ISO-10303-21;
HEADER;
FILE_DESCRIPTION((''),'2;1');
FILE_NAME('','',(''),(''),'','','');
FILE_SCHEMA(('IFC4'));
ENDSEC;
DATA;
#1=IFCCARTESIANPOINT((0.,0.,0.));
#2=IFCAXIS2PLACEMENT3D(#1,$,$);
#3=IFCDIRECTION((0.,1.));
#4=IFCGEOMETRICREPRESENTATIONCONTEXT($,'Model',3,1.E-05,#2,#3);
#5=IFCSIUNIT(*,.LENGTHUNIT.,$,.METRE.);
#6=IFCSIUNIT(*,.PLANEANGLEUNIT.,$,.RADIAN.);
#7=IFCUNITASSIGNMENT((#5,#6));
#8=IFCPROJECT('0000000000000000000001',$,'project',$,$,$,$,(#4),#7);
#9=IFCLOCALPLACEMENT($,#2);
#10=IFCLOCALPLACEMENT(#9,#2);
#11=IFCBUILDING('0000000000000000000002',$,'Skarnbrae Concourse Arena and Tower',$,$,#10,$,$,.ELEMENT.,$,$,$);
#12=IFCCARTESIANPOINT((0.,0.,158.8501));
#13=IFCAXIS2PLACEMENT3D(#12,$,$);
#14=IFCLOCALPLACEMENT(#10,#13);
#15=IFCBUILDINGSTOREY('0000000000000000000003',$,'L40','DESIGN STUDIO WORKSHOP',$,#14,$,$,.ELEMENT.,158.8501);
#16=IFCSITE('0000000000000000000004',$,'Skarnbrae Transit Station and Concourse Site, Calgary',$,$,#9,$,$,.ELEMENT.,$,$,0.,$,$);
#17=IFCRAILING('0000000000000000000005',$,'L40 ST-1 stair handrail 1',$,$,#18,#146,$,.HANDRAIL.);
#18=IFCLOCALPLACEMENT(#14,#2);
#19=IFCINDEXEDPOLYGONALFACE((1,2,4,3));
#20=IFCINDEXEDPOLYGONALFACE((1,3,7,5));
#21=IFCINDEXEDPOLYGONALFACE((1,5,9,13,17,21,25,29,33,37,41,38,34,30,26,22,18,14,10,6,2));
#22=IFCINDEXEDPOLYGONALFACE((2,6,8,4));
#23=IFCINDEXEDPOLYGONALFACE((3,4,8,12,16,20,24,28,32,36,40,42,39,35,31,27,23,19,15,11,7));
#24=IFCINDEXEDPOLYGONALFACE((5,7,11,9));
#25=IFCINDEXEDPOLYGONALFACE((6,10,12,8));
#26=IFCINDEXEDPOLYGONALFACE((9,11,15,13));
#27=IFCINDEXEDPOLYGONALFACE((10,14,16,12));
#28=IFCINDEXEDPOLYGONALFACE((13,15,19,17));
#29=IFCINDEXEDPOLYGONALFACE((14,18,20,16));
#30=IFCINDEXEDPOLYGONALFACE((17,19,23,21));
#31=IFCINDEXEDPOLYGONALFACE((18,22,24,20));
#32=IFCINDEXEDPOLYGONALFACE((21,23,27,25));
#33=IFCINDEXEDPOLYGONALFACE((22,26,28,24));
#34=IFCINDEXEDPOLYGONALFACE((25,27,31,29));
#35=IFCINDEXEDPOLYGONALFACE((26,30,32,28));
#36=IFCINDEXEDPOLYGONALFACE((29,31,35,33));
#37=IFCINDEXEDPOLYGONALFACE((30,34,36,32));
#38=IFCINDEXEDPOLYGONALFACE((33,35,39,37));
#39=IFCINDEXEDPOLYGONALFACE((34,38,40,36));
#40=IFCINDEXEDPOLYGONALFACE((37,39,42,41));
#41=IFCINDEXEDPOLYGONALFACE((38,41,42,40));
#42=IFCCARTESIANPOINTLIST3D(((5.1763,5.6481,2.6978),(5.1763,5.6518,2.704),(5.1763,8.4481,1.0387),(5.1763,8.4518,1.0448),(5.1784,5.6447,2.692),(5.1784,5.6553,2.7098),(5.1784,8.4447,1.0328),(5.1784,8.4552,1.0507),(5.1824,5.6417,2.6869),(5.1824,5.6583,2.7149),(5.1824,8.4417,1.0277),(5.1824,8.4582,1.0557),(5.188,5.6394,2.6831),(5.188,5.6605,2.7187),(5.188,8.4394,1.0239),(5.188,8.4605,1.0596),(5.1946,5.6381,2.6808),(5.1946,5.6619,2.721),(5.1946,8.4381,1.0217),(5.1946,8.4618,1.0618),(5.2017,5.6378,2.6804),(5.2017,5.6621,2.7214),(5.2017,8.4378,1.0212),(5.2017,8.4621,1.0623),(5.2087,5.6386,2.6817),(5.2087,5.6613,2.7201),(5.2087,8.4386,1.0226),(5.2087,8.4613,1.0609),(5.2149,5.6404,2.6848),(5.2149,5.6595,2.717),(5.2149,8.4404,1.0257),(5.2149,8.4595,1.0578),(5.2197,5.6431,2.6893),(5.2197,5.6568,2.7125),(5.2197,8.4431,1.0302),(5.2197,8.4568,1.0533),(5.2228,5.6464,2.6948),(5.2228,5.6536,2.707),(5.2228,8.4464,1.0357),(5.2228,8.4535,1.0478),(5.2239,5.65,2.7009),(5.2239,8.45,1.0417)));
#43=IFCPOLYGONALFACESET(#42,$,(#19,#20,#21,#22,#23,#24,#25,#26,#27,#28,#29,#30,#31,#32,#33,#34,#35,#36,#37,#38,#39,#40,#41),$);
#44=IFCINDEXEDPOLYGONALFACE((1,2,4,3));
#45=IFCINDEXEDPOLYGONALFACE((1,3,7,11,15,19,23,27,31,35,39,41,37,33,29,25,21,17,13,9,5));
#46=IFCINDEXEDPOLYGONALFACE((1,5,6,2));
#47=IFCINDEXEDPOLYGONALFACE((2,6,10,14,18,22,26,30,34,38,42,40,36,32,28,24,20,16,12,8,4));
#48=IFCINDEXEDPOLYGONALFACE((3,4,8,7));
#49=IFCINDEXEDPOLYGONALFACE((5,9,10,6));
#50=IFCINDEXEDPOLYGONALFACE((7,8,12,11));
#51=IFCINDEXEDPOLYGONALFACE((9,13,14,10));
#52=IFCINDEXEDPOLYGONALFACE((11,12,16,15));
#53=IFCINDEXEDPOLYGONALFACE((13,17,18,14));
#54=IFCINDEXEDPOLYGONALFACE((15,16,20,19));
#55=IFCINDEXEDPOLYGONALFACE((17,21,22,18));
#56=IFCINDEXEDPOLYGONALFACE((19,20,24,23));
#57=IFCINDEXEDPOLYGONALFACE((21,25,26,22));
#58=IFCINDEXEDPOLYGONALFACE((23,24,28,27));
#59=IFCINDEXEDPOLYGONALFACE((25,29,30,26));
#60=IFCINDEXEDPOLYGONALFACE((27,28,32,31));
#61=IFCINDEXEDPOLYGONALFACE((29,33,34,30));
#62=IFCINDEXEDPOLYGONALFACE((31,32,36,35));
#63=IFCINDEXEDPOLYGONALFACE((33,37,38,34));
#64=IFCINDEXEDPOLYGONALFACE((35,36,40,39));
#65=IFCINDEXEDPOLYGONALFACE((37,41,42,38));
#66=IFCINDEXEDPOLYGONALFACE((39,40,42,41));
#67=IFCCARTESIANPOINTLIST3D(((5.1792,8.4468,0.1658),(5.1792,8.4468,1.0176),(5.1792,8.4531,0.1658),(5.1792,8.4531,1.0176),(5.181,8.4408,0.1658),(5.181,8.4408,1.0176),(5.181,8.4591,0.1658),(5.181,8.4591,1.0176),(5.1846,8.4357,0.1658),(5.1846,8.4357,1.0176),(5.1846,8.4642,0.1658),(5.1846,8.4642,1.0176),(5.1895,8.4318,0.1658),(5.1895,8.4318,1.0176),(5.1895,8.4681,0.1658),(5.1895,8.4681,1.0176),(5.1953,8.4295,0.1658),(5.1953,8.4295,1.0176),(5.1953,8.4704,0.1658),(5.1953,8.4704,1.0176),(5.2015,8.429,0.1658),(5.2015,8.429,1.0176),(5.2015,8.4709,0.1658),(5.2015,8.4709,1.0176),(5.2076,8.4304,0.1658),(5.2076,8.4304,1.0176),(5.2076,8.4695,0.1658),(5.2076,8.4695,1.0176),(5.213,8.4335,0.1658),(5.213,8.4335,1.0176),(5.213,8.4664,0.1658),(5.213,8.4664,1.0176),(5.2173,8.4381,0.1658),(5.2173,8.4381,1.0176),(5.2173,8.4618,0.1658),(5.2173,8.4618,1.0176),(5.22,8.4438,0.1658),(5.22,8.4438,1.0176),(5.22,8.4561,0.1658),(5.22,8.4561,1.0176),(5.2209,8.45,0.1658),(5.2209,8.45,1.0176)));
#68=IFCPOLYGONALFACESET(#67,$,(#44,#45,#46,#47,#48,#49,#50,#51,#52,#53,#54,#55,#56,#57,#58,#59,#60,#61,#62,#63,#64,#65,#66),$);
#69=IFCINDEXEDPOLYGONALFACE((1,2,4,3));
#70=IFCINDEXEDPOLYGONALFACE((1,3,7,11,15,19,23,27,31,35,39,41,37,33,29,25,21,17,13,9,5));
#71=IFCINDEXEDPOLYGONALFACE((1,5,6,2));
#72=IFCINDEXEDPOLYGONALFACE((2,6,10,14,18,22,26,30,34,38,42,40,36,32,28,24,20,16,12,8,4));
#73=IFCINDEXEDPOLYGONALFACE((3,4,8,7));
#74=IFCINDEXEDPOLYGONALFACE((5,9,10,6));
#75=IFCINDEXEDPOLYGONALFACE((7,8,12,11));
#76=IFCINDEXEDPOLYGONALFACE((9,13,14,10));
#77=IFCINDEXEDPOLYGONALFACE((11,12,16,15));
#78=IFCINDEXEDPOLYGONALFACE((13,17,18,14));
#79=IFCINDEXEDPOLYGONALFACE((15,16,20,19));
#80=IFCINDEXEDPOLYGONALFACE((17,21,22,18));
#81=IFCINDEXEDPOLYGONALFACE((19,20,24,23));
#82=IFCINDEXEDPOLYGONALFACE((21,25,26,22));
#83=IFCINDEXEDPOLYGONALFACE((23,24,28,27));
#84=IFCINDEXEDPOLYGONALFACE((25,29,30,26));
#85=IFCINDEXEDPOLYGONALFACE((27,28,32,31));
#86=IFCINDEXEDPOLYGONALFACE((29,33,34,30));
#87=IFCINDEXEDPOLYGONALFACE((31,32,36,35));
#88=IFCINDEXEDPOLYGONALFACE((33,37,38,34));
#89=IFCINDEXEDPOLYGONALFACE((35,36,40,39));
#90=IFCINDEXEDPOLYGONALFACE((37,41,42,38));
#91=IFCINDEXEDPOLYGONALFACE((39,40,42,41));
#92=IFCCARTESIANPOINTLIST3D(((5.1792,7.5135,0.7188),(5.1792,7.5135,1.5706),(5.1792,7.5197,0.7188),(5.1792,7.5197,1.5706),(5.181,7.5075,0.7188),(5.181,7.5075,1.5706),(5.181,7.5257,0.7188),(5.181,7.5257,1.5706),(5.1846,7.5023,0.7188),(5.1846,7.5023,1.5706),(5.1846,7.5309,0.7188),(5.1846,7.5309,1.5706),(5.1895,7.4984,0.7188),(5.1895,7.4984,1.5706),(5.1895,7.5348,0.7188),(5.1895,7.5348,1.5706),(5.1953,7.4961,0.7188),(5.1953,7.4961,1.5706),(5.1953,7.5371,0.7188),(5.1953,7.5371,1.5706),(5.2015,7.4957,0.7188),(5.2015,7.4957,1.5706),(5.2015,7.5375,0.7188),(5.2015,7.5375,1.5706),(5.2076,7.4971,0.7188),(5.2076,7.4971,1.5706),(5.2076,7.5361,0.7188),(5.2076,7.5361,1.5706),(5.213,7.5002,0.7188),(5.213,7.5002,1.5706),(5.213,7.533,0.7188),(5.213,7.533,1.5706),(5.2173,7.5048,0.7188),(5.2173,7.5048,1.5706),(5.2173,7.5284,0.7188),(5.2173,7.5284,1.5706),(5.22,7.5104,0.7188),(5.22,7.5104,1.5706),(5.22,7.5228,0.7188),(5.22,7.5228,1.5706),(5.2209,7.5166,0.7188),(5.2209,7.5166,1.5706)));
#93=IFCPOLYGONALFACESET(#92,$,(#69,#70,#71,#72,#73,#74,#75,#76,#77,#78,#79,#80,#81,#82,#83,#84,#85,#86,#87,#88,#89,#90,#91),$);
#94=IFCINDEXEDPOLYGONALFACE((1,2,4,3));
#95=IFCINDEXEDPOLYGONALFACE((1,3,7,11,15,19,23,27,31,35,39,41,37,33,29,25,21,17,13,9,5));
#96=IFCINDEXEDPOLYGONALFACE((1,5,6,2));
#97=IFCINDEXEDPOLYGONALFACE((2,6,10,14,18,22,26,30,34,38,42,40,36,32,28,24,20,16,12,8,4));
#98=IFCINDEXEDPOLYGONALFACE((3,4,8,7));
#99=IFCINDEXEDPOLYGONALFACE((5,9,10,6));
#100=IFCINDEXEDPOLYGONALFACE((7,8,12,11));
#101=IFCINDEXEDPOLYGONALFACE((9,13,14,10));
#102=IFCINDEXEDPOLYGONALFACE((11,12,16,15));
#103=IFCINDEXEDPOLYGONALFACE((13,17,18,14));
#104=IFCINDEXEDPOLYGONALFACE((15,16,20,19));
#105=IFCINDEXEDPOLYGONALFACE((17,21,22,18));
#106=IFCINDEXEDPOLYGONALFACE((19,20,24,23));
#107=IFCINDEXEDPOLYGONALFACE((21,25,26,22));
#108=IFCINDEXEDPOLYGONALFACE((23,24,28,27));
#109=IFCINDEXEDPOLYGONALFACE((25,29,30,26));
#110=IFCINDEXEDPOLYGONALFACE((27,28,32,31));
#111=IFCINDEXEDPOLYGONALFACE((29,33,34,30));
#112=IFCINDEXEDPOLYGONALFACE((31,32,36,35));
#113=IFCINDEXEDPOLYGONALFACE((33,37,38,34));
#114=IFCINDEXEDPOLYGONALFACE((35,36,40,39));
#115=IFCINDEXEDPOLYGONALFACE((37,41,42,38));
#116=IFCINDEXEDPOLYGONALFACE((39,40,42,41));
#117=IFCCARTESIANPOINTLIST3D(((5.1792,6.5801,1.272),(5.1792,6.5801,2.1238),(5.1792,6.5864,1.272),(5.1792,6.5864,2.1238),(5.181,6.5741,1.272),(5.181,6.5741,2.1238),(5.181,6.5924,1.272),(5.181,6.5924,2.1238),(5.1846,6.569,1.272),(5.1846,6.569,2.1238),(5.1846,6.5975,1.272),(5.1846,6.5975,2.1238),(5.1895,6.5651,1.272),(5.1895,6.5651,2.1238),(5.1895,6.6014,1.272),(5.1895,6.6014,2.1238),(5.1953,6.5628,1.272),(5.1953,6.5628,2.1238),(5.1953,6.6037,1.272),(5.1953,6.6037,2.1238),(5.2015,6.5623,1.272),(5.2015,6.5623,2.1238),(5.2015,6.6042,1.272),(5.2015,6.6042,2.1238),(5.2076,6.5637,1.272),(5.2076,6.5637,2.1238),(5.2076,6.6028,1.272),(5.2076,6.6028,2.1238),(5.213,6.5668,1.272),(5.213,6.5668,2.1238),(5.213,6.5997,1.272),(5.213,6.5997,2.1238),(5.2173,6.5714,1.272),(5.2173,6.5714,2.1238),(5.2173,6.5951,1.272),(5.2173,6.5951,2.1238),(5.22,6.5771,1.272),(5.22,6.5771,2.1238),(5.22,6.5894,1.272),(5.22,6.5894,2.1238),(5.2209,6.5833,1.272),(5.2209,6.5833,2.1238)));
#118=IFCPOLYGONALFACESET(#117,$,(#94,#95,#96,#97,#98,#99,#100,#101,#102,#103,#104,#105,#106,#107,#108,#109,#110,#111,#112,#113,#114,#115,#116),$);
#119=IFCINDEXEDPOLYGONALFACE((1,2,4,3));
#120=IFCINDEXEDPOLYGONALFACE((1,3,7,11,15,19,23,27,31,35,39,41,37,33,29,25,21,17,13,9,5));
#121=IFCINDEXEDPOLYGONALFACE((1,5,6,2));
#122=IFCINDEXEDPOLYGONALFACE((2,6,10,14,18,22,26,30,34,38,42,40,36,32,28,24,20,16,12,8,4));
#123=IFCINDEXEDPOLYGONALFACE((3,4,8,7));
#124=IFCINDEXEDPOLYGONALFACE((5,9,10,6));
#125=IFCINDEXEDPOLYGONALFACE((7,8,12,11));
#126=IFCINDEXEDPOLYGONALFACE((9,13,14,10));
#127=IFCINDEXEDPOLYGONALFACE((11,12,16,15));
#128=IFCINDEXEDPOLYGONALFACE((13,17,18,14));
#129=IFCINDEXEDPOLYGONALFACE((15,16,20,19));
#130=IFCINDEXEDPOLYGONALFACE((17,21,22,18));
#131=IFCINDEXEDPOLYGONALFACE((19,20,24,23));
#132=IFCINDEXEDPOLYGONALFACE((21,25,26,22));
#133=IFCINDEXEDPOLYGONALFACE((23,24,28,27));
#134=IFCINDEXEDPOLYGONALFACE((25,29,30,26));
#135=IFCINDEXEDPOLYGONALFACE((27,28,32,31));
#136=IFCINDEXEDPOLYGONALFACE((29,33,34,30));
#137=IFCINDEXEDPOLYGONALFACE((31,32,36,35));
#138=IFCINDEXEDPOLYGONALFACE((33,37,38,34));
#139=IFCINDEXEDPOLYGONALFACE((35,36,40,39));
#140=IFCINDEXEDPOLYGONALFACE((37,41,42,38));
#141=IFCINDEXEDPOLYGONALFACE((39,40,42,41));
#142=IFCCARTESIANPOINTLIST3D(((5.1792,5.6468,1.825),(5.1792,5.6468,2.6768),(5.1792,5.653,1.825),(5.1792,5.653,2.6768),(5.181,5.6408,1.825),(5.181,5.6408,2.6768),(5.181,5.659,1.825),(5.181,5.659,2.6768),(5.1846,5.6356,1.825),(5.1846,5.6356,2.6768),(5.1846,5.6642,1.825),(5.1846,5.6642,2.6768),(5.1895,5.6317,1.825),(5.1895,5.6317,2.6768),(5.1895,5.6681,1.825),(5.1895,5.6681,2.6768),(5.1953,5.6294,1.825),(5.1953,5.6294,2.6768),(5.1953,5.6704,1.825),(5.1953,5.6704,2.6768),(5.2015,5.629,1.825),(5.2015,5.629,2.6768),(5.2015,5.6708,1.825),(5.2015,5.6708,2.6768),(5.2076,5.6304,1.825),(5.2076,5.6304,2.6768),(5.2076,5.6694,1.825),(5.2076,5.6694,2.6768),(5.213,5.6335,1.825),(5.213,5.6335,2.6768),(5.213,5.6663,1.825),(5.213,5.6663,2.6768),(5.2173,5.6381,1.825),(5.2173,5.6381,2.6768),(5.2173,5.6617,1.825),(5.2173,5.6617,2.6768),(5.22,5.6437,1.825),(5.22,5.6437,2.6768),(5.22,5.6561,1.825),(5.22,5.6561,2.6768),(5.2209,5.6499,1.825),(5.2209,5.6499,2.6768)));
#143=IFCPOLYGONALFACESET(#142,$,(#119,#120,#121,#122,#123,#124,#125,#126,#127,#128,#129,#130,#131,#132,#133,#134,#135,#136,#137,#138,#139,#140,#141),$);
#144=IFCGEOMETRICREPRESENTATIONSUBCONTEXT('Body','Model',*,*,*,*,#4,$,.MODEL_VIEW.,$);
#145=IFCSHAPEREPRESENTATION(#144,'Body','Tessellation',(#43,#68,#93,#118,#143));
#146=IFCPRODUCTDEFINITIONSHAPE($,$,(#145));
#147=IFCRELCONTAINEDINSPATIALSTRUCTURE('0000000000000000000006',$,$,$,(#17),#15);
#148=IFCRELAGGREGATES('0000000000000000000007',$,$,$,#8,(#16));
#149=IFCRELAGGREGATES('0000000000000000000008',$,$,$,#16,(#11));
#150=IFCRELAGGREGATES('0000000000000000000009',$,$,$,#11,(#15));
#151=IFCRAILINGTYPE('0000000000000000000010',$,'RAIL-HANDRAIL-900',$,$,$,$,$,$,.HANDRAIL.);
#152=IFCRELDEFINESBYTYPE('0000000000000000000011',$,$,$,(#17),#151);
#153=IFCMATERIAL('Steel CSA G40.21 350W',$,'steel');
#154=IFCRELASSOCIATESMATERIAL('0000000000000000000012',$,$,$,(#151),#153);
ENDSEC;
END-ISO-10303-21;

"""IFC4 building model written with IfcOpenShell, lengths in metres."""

from ifc_helpers import new_model, si_unit, direction, frame, origin, origin_2d, place, context, subcontext, project, spatial, circle, extrude, material, type_object, element, save


model = new_model("IFC4")

# Units and contexts
model_context = context("Model", 3, precision=1e-05, world=origin(), true_north=direction((0.0, 1.0)))
body_context = subcontext(model_context, "Body", "Model", "MODEL_VIEW")
ifc_project = project(units=[si_unit("LENGTHUNIT", "METRE"), si_unit("PLANEANGLEUNIT", "RADIAN")], contexts=[model_context])

# Site, building, storey
site_placement = place(None, origin())
site = spatial("IfcSite", under=ifc_project, at=site_placement, Name="Skarnbrae Transit Station and Concourse Site, Calgary", CompositionType="ELEMENT", RefElevation=0.0)
building_placement = place(site_placement, origin())
building = spatial("IfcBuilding", under=site, at=building_placement, Name="Skarnbrae Concourse Arena and Tower", CompositionType="ELEMENT")
storey_placement = place(building_placement, frame((0.0, 0.0, 158.8501)))
storey = spatial("IfcBuildingStorey", under=building, at=storey_placement, Name="L40", Description="DESIGN STUDIO WORKSHOP", CompositionType="ELEMENT", Elevation=158.8501)

# Railing
ifc_material_1 = material(Name="Steel CSA G40.21 350W", Category="steel")
railing_type_1 = type_object("IfcRailingType", Name="RAIL-HANDRAIL-900", PredefinedType="HANDRAIL", material=ifc_material_1)
railing_1_placement = place(storey_placement, frame((5.2, 8.45, 0.1658)))
element("IfcRailing", 1, at=railing_1_placement, inside=storey, type_object=railing_type_1, Name="L40 ST-1 stair handrail 1", PredefinedType="HANDRAIL", context=body_context, shape_type="SweptSolid", body=[
    extrude(circle(Radius=0.0239, at=origin_2d()), frame((0.0, 0.0, 0.876), z_axis=(0.0, -0.860306, 0.509778), x_axis=(1.0, 0.0, 0.0)), (0.0, 0.0, 1.0), 3.2546),
    extrude(circle(Radius=0.021, at=origin_2d()), origin(), (0.0, 0.0, 1.0), 0.8518),
    extrude(circle(Radius=0.021, at=origin_2d()), frame((0.0, -0.9333, 0.553)), (0.0, 0.0, 1.0), 0.8518),
    extrude(circle(Radius=0.021, at=origin_2d()), frame((0.0, -1.8667, 1.1062)), (0.0, 0.0, 1.0), 0.8518),
    extrude(circle(Radius=0.021, at=origin_2d()), frame((0.0, -2.8, 1.6592)), (0.0, 0.0, 1.0), 0.8518),
])

save(model, "model.ifc")
